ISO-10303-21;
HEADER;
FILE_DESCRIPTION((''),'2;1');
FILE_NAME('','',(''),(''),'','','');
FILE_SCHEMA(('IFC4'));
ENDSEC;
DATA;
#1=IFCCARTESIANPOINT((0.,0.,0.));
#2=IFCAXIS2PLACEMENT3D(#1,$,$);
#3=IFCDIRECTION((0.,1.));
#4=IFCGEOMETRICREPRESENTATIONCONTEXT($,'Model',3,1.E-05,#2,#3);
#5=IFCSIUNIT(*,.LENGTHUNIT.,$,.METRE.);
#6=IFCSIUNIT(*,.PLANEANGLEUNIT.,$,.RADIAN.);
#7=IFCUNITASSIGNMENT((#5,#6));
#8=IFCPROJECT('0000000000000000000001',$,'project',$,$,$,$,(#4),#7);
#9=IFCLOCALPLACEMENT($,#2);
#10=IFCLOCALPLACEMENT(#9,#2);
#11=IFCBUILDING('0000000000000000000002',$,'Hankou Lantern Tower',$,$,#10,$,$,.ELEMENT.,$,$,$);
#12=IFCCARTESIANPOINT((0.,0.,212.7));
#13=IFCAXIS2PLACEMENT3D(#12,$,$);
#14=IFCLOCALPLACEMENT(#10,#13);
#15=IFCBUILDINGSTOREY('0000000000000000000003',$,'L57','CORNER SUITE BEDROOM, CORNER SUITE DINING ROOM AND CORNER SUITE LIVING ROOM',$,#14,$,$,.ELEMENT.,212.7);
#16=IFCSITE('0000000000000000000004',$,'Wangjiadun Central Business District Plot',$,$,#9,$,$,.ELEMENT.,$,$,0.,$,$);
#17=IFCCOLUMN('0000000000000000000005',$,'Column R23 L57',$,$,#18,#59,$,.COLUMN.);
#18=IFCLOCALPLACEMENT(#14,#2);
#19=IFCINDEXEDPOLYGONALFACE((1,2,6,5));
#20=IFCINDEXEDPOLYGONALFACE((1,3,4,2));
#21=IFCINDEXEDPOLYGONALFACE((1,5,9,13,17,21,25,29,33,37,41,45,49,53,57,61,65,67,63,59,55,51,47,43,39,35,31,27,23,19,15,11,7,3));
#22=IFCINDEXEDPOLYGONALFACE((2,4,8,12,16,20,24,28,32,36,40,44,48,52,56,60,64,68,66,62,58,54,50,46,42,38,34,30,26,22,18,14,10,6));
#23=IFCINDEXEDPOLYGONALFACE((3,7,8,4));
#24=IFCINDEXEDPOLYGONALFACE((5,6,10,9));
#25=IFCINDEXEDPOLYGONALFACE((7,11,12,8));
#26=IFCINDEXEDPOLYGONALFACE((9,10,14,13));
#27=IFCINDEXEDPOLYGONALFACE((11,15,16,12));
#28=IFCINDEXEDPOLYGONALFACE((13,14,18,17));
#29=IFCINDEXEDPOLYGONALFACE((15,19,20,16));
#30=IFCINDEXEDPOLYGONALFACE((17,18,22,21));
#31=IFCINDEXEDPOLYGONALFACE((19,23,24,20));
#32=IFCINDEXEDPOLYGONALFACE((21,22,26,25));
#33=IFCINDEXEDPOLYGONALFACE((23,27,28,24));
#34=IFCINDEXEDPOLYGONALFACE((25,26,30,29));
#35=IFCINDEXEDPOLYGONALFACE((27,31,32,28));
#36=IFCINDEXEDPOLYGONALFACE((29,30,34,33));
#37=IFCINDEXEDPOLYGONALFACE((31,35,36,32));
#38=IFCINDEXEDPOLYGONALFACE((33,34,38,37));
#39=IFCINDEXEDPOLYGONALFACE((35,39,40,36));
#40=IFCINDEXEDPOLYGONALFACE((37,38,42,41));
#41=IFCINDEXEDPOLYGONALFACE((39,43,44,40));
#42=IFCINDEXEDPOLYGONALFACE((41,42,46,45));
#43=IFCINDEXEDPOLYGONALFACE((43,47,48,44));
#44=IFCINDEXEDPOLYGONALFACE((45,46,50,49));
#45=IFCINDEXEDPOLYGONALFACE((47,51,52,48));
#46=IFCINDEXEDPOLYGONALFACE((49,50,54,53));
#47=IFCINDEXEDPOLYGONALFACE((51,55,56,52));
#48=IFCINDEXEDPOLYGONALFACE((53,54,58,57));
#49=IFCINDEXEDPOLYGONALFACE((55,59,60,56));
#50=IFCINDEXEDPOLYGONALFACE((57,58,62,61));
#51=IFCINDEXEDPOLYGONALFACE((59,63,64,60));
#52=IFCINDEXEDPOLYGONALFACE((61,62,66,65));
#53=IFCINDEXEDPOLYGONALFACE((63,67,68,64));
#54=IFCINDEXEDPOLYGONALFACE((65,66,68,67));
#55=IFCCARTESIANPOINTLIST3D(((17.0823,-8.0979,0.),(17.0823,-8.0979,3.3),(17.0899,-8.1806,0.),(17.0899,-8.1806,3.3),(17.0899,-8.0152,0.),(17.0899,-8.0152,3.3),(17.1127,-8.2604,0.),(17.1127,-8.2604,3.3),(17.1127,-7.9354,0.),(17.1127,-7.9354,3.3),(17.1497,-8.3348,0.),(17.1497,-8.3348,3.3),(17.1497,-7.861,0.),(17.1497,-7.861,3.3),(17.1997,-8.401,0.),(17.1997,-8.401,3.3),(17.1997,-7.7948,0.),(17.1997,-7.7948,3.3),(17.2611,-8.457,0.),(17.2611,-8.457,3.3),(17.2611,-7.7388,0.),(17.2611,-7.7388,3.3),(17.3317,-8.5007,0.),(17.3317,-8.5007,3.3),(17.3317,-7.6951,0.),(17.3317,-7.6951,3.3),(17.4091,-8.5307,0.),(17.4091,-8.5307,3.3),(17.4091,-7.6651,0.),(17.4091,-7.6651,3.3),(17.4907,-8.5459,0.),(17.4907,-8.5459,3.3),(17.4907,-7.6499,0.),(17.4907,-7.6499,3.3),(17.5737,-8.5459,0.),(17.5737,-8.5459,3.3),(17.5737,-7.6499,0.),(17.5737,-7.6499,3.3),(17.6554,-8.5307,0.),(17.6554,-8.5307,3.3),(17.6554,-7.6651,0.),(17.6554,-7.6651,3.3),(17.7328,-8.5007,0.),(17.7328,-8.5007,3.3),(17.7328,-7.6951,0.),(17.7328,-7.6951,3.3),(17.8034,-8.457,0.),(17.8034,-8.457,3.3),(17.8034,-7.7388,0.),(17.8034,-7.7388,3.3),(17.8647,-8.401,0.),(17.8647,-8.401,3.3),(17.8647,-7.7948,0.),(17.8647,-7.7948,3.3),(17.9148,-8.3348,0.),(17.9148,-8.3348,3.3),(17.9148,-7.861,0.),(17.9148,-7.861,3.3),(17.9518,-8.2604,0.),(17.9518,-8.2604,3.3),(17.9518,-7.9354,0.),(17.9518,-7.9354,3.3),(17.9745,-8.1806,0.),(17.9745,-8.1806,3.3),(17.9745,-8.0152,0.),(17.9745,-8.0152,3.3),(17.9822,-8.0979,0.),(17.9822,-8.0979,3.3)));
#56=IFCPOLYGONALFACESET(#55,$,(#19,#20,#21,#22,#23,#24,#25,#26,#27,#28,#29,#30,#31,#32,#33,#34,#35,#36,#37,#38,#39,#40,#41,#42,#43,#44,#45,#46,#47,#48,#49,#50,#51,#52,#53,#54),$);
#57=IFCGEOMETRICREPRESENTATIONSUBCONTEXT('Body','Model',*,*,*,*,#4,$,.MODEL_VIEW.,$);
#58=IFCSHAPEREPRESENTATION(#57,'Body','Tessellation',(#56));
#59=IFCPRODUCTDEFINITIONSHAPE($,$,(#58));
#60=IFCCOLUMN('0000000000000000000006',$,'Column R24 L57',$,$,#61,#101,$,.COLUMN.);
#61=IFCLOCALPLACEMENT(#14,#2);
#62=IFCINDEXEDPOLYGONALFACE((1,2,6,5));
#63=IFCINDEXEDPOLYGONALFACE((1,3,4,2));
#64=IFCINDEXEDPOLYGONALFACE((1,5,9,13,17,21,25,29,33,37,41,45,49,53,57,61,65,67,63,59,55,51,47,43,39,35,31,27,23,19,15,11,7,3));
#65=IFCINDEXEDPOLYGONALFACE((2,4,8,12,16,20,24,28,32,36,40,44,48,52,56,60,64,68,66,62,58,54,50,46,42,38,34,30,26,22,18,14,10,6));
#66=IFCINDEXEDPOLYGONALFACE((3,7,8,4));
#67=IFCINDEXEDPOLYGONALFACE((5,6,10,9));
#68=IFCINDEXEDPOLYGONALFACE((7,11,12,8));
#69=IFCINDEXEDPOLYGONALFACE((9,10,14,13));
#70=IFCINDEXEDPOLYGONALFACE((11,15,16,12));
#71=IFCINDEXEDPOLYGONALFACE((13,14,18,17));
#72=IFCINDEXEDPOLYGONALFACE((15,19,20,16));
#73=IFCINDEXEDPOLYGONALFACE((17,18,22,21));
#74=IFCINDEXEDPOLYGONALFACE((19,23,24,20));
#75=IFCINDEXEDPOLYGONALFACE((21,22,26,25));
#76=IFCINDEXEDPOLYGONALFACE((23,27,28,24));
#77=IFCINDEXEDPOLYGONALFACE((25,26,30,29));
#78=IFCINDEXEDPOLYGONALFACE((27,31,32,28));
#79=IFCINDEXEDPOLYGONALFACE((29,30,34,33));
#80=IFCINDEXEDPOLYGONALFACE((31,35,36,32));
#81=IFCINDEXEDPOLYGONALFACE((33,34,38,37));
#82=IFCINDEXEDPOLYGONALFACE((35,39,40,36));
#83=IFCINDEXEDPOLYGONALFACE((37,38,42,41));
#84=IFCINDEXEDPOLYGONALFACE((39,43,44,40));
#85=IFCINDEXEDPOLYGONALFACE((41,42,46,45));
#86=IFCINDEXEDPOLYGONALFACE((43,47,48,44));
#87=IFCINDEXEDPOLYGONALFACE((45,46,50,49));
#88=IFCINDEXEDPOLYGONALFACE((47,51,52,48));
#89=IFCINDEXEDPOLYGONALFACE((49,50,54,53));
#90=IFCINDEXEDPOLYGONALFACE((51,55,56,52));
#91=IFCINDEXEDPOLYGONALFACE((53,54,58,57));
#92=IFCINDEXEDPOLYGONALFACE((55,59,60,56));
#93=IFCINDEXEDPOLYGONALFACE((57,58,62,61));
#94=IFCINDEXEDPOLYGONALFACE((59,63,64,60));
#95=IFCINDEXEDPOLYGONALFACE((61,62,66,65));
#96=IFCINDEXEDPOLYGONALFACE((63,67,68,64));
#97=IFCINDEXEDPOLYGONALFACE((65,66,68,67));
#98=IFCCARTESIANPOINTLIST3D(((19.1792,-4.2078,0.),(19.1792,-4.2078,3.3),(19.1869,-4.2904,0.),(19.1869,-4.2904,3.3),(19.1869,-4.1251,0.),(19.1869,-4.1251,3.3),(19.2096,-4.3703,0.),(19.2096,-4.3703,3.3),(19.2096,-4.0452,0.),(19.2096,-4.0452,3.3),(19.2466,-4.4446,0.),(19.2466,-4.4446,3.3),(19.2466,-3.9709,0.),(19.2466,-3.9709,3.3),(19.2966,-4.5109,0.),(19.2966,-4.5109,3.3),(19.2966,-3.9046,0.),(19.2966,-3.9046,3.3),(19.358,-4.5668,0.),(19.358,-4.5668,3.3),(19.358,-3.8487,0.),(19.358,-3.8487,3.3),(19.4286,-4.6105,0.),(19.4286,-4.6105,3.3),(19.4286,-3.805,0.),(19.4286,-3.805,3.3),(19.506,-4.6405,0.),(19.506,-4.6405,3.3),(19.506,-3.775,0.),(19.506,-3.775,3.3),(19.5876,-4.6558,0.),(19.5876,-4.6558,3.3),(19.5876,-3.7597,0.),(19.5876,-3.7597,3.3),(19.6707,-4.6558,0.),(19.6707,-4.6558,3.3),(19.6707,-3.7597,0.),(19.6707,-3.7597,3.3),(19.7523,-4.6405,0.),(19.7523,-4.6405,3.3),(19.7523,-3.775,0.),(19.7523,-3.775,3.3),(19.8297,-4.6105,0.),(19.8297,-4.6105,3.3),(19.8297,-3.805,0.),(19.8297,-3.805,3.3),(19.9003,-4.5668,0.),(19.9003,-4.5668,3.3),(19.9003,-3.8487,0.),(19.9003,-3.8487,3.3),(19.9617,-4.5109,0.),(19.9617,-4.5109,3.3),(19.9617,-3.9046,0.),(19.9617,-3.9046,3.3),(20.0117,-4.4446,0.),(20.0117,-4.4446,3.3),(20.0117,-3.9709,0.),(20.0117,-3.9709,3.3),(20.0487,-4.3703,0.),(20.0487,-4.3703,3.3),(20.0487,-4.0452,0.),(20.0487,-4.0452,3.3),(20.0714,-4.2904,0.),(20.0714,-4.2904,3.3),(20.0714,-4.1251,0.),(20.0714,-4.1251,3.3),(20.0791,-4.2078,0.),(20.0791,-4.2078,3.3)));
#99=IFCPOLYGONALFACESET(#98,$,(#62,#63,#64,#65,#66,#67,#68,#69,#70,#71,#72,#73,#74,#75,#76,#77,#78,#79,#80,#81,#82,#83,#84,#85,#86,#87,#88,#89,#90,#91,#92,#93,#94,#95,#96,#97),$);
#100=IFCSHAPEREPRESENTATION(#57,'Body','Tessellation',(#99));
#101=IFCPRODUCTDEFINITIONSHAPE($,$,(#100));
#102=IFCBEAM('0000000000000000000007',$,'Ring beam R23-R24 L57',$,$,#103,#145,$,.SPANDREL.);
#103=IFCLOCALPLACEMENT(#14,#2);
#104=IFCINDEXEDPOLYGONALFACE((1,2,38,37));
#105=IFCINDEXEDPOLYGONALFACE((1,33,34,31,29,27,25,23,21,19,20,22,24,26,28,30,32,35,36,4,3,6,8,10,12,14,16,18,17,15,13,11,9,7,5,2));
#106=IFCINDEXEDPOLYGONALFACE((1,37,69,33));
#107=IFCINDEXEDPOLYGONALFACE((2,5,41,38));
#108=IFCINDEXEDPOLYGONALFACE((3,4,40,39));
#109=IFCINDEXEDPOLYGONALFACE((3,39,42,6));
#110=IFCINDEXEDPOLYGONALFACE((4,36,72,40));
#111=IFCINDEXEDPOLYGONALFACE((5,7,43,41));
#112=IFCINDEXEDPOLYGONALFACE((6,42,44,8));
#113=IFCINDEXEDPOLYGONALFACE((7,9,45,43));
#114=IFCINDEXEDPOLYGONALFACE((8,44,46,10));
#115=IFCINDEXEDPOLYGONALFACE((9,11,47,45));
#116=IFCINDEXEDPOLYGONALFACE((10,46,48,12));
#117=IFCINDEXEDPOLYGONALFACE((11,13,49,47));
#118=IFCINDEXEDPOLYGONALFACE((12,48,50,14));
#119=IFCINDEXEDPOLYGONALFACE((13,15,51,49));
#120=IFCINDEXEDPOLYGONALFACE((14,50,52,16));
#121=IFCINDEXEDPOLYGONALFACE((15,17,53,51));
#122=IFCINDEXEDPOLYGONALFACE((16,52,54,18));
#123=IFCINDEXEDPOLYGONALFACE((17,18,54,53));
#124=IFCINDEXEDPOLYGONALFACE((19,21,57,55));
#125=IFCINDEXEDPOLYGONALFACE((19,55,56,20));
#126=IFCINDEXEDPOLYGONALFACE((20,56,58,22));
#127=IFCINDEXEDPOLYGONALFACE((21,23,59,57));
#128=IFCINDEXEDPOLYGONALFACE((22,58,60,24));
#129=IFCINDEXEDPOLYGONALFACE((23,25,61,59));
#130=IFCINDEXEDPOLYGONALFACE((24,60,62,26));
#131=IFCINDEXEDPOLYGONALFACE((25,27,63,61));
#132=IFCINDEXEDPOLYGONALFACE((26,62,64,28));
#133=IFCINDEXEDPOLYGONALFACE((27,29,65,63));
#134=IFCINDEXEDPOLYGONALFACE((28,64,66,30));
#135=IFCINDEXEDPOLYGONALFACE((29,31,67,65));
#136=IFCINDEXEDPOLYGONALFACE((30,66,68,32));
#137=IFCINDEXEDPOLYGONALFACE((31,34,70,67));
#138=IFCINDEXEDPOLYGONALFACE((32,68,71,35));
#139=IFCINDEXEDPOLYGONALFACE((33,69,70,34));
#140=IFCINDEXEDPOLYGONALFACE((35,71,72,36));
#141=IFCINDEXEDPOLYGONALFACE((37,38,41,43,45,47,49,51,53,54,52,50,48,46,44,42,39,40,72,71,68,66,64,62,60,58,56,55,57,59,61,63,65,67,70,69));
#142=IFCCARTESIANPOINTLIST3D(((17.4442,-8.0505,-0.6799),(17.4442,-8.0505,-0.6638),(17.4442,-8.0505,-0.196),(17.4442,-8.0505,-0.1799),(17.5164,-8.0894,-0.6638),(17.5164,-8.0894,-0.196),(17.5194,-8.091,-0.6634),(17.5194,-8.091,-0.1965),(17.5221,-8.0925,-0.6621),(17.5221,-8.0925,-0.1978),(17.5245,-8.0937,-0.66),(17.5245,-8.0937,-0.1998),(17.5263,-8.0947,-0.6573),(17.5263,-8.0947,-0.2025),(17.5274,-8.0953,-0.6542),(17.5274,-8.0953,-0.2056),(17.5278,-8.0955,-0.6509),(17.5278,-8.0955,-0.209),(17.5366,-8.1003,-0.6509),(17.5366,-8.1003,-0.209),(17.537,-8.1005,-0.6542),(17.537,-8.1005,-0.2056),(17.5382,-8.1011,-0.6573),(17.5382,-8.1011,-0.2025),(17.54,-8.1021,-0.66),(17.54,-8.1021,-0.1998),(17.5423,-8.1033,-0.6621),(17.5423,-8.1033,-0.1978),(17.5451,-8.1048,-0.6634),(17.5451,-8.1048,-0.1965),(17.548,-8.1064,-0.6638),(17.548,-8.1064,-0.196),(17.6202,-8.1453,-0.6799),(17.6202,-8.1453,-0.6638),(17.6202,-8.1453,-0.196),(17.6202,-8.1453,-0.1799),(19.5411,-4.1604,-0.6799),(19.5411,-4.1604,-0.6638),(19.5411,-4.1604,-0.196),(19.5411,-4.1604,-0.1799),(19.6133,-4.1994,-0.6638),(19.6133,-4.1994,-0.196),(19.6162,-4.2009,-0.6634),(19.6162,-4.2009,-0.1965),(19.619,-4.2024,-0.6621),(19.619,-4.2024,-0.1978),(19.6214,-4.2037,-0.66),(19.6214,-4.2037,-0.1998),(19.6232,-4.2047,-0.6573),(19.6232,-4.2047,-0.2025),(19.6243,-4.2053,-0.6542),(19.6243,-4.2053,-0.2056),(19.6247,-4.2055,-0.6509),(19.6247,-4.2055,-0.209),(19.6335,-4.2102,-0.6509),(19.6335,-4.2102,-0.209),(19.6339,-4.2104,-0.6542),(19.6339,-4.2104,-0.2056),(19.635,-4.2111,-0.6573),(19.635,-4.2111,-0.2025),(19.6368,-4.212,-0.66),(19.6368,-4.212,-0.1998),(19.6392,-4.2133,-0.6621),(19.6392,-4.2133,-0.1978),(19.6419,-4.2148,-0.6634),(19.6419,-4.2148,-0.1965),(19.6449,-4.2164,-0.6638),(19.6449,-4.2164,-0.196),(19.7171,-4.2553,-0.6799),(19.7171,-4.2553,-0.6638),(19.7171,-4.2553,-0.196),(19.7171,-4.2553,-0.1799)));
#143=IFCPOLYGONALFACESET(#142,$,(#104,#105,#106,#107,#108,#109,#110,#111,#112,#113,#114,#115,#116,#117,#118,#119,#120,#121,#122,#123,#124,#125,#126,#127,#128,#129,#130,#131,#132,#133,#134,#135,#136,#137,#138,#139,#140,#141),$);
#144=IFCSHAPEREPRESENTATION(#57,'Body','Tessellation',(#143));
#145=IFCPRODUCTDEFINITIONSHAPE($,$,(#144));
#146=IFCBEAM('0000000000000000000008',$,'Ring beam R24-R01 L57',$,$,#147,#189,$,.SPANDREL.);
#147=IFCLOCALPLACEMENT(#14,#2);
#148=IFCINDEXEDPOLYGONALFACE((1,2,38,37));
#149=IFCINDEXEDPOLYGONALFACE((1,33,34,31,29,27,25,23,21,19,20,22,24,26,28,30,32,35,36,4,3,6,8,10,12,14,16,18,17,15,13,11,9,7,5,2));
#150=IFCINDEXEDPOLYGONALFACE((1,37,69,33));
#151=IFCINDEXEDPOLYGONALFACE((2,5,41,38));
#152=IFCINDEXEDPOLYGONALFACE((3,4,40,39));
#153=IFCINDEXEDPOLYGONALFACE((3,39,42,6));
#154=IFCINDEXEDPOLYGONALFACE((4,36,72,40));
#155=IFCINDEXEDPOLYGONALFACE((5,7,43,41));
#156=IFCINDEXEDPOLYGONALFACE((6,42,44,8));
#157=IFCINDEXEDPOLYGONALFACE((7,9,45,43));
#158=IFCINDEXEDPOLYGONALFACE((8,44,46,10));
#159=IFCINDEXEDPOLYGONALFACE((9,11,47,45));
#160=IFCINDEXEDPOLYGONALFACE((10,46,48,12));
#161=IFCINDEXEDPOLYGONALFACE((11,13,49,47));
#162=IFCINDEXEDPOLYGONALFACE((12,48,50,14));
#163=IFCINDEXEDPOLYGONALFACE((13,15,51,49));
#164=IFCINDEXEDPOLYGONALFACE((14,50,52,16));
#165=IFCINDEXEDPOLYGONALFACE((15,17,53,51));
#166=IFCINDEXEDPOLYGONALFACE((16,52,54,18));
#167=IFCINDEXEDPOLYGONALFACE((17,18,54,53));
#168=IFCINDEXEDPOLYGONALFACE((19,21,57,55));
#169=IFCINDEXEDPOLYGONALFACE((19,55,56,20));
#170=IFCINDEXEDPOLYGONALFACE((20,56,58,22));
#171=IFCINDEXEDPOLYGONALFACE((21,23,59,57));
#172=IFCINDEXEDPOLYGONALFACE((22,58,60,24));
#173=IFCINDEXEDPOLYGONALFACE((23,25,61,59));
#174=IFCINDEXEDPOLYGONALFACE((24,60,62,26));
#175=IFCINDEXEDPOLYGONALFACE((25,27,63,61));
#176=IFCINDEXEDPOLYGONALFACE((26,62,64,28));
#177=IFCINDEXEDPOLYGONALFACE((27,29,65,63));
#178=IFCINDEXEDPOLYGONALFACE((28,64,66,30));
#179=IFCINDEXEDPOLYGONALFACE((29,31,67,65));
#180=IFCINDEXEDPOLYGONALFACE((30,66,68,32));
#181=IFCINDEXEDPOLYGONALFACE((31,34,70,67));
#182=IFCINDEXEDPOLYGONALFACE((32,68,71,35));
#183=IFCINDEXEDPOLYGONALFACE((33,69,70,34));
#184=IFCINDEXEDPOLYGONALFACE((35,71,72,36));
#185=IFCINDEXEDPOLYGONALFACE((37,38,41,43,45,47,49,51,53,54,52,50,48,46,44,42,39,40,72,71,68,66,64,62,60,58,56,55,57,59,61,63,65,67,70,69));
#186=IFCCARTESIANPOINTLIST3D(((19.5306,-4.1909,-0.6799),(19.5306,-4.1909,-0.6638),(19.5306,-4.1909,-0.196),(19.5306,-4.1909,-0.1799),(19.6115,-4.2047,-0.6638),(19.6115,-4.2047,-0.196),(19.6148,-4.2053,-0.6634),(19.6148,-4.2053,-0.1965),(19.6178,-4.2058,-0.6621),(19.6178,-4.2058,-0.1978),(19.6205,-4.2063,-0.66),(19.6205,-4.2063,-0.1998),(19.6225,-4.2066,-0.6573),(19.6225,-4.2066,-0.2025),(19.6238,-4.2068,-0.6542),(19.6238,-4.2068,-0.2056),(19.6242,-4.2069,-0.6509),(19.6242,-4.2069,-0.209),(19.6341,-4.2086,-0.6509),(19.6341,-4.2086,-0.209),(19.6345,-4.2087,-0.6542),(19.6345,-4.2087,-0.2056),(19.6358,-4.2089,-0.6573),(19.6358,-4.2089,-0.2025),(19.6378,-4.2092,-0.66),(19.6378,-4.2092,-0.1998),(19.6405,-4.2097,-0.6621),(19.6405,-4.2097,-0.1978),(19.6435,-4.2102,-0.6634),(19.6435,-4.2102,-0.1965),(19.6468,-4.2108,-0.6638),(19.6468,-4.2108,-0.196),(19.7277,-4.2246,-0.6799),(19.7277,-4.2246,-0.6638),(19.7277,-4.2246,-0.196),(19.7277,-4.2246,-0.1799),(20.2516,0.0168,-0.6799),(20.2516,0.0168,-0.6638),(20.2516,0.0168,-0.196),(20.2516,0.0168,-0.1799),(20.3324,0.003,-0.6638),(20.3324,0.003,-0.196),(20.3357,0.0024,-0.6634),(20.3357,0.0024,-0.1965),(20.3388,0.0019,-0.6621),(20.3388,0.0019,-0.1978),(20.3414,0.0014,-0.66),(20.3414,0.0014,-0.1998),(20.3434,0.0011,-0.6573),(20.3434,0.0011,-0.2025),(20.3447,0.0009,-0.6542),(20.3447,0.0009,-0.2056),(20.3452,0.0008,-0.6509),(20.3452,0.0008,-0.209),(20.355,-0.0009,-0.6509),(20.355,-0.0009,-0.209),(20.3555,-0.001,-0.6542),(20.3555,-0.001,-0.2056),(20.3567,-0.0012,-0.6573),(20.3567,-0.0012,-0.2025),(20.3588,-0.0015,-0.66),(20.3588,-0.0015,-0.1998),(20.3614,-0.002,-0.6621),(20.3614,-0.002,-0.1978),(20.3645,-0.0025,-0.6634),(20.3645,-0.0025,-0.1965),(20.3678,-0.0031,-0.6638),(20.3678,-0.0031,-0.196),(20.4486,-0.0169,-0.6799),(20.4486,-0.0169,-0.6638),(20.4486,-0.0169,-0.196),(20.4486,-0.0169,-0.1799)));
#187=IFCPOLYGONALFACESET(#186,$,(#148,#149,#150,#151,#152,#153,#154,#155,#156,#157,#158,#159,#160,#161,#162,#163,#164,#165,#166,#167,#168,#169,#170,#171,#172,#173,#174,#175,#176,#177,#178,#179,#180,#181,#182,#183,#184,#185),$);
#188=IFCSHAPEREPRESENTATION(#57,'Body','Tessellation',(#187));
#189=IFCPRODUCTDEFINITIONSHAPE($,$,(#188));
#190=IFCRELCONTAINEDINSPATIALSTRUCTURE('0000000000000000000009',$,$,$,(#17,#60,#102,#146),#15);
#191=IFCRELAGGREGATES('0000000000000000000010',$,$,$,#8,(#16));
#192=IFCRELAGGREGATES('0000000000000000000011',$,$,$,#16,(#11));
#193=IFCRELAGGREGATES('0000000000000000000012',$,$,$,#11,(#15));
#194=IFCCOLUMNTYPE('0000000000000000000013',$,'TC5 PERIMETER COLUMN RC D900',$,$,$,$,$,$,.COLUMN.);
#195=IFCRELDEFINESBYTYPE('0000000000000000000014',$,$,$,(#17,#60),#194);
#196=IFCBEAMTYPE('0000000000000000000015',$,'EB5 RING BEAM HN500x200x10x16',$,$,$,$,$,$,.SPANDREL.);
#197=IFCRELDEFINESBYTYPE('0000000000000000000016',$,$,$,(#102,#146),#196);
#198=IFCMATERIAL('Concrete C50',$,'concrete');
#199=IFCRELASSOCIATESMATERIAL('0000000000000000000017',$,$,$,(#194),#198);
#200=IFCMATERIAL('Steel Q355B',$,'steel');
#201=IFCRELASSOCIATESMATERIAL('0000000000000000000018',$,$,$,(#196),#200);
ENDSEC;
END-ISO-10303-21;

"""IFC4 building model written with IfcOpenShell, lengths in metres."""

from ifc_helpers import new_model, si_unit, direction, frame, origin, origin_2d, place, context, subcontext, project, spatial, circle, i_section, extrude, material, material_profile, profile_set, type_object, element, save


model = new_model("IFC4")

# Units and contexts
model_context = context("Model", 3, precision=1e-05, world=origin(), true_north=direction((0.0, 1.0)))
body_context = subcontext(model_context, "Body", "Model", "MODEL_VIEW")
ifc_project = project(units=[si_unit("LENGTHUNIT", "METRE"), si_unit("PLANEANGLEUNIT", "RADIAN")], contexts=[model_context])

# Site, building, storey
site_placement = place(None, origin())
site = spatial("IfcSite", under=ifc_project, at=site_placement, Name="Wangjiadun Central Business District Plot", CompositionType="ELEMENT", RefElevation=0.0)
building_placement = place(site_placement, origin())
building = spatial("IfcBuilding", under=site, at=building_placement, Name="Hankou Lantern Tower", CompositionType="ELEMENT")
storey_placement = place(building_placement, frame((0.0, 0.0, 212.7)))
storey = spatial("IfcBuildingStorey", under=building, at=storey_placement, Name="L57", Description="CORNER SUITE BEDROOM, CORNER SUITE DINING ROOM AND CORNER SUITE LIVING ROOM", CompositionType="ELEMENT", Elevation=212.7)

# Columns
ifc_material_1 = material(Name="Concrete C50", Category="concrete")
ifc_material_profile_1 = material_profile(ifc_material_1, circle(Radius=0.45, at=origin_2d()), Name="RC D900")
ifc_profile_set_1 = profile_set([ifc_material_profile_1], Name="Concrete C50")
column_type = type_object("IfcColumnType", Name="TC5 PERIMETER COLUMN RC D900", PredefinedType="COLUMN", material=ifc_profile_set_1)
for number, where, z_axis, x_axis, name in (
    (1, (17.5322, -8.0979, 0.0), (0.0, 0.0, 1.0), (1.0, 0.0, 0.0), "Column R23 L57"),
    (2, (19.6292, -4.2078, 0.0), (0.0, 0.0, 1.0), (1.0, 0.0, 0.0), "Column R24 L57"),
):
    element("IfcColumn", number, at=place(storey_placement, frame(where, z_axis=z_axis, x_axis=x_axis)), inside=storey, type_object=column_type, Name=name, PredefinedType="COLUMN", context=body_context, shape_type="SweptSolid", body=[
        extrude(circle(Radius=0.45, at=origin_2d()), origin(), (0.0, 0.0, 1.0), 3.3),
    ])

# Beams
ifc_material_2 = material(Name="Steel Q355B", Category="steel")
ifc_material_profile_2 = material_profile(ifc_material_2, i_section(OverallWidth=0.2, OverallDepth=0.5, WebThickness=0.01, FlangeThickness=0.0161, FilletRadius=0.0129, at=origin_2d()), Name="HN500x200x10x16")
ifc_profile_set_2 = profile_set([ifc_material_profile_2], Name="Steel Q355B")
beam_type_1 = type_object("IfcBeamType", Name="EB5 RING BEAM HN500x200x10x16", PredefinedType="SPANDREL", material=ifc_profile_set_2)
beam_1_placement = place(storey_placement, frame((17.5322, -8.0979, -0.4299), z_axis=(0.474492, 0.88026, 0.0), x_axis=(-0.88026, 0.474492, 0.0)))
element("IfcBeam", 3, at=beam_1_placement, inside=storey, type_object=beam_type_1, Name="Ring beam R23-R24 L57", PredefinedType="SPANDREL", context=body_context, shape_type="SweptSolid", body=[
    extrude(i_section(OverallWidth=0.2, OverallDepth=0.5, WebThickness=0.01, FlangeThickness=0.0161, FilletRadius=0.0129, at=origin_2d()), origin(), (0.0, 0.0, 1.0), 4.4192),
])
beam_2_placement = place(storey_placement, frame((19.6292, -4.2078, -0.4299), z_axis=(0.168877, 0.985637, 0.0), x_axis=(-0.985637, 0.168877, 0.0)))
element("IfcBeam", 4, at=beam_2_placement, inside=storey, type_object=beam_type_1, Name="Ring beam R24-R01 L57", PredefinedType="SPANDREL", context=body_context, shape_type="SweptSolid", body=[
    extrude(i_section(OverallWidth=0.2, OverallDepth=0.5, WebThickness=0.01, FlangeThickness=0.0161, FilletRadius=0.0129, at=origin_2d()), origin(), (0.0, 0.0, 1.0), 4.269),
])

save(model, "model.ifc")
